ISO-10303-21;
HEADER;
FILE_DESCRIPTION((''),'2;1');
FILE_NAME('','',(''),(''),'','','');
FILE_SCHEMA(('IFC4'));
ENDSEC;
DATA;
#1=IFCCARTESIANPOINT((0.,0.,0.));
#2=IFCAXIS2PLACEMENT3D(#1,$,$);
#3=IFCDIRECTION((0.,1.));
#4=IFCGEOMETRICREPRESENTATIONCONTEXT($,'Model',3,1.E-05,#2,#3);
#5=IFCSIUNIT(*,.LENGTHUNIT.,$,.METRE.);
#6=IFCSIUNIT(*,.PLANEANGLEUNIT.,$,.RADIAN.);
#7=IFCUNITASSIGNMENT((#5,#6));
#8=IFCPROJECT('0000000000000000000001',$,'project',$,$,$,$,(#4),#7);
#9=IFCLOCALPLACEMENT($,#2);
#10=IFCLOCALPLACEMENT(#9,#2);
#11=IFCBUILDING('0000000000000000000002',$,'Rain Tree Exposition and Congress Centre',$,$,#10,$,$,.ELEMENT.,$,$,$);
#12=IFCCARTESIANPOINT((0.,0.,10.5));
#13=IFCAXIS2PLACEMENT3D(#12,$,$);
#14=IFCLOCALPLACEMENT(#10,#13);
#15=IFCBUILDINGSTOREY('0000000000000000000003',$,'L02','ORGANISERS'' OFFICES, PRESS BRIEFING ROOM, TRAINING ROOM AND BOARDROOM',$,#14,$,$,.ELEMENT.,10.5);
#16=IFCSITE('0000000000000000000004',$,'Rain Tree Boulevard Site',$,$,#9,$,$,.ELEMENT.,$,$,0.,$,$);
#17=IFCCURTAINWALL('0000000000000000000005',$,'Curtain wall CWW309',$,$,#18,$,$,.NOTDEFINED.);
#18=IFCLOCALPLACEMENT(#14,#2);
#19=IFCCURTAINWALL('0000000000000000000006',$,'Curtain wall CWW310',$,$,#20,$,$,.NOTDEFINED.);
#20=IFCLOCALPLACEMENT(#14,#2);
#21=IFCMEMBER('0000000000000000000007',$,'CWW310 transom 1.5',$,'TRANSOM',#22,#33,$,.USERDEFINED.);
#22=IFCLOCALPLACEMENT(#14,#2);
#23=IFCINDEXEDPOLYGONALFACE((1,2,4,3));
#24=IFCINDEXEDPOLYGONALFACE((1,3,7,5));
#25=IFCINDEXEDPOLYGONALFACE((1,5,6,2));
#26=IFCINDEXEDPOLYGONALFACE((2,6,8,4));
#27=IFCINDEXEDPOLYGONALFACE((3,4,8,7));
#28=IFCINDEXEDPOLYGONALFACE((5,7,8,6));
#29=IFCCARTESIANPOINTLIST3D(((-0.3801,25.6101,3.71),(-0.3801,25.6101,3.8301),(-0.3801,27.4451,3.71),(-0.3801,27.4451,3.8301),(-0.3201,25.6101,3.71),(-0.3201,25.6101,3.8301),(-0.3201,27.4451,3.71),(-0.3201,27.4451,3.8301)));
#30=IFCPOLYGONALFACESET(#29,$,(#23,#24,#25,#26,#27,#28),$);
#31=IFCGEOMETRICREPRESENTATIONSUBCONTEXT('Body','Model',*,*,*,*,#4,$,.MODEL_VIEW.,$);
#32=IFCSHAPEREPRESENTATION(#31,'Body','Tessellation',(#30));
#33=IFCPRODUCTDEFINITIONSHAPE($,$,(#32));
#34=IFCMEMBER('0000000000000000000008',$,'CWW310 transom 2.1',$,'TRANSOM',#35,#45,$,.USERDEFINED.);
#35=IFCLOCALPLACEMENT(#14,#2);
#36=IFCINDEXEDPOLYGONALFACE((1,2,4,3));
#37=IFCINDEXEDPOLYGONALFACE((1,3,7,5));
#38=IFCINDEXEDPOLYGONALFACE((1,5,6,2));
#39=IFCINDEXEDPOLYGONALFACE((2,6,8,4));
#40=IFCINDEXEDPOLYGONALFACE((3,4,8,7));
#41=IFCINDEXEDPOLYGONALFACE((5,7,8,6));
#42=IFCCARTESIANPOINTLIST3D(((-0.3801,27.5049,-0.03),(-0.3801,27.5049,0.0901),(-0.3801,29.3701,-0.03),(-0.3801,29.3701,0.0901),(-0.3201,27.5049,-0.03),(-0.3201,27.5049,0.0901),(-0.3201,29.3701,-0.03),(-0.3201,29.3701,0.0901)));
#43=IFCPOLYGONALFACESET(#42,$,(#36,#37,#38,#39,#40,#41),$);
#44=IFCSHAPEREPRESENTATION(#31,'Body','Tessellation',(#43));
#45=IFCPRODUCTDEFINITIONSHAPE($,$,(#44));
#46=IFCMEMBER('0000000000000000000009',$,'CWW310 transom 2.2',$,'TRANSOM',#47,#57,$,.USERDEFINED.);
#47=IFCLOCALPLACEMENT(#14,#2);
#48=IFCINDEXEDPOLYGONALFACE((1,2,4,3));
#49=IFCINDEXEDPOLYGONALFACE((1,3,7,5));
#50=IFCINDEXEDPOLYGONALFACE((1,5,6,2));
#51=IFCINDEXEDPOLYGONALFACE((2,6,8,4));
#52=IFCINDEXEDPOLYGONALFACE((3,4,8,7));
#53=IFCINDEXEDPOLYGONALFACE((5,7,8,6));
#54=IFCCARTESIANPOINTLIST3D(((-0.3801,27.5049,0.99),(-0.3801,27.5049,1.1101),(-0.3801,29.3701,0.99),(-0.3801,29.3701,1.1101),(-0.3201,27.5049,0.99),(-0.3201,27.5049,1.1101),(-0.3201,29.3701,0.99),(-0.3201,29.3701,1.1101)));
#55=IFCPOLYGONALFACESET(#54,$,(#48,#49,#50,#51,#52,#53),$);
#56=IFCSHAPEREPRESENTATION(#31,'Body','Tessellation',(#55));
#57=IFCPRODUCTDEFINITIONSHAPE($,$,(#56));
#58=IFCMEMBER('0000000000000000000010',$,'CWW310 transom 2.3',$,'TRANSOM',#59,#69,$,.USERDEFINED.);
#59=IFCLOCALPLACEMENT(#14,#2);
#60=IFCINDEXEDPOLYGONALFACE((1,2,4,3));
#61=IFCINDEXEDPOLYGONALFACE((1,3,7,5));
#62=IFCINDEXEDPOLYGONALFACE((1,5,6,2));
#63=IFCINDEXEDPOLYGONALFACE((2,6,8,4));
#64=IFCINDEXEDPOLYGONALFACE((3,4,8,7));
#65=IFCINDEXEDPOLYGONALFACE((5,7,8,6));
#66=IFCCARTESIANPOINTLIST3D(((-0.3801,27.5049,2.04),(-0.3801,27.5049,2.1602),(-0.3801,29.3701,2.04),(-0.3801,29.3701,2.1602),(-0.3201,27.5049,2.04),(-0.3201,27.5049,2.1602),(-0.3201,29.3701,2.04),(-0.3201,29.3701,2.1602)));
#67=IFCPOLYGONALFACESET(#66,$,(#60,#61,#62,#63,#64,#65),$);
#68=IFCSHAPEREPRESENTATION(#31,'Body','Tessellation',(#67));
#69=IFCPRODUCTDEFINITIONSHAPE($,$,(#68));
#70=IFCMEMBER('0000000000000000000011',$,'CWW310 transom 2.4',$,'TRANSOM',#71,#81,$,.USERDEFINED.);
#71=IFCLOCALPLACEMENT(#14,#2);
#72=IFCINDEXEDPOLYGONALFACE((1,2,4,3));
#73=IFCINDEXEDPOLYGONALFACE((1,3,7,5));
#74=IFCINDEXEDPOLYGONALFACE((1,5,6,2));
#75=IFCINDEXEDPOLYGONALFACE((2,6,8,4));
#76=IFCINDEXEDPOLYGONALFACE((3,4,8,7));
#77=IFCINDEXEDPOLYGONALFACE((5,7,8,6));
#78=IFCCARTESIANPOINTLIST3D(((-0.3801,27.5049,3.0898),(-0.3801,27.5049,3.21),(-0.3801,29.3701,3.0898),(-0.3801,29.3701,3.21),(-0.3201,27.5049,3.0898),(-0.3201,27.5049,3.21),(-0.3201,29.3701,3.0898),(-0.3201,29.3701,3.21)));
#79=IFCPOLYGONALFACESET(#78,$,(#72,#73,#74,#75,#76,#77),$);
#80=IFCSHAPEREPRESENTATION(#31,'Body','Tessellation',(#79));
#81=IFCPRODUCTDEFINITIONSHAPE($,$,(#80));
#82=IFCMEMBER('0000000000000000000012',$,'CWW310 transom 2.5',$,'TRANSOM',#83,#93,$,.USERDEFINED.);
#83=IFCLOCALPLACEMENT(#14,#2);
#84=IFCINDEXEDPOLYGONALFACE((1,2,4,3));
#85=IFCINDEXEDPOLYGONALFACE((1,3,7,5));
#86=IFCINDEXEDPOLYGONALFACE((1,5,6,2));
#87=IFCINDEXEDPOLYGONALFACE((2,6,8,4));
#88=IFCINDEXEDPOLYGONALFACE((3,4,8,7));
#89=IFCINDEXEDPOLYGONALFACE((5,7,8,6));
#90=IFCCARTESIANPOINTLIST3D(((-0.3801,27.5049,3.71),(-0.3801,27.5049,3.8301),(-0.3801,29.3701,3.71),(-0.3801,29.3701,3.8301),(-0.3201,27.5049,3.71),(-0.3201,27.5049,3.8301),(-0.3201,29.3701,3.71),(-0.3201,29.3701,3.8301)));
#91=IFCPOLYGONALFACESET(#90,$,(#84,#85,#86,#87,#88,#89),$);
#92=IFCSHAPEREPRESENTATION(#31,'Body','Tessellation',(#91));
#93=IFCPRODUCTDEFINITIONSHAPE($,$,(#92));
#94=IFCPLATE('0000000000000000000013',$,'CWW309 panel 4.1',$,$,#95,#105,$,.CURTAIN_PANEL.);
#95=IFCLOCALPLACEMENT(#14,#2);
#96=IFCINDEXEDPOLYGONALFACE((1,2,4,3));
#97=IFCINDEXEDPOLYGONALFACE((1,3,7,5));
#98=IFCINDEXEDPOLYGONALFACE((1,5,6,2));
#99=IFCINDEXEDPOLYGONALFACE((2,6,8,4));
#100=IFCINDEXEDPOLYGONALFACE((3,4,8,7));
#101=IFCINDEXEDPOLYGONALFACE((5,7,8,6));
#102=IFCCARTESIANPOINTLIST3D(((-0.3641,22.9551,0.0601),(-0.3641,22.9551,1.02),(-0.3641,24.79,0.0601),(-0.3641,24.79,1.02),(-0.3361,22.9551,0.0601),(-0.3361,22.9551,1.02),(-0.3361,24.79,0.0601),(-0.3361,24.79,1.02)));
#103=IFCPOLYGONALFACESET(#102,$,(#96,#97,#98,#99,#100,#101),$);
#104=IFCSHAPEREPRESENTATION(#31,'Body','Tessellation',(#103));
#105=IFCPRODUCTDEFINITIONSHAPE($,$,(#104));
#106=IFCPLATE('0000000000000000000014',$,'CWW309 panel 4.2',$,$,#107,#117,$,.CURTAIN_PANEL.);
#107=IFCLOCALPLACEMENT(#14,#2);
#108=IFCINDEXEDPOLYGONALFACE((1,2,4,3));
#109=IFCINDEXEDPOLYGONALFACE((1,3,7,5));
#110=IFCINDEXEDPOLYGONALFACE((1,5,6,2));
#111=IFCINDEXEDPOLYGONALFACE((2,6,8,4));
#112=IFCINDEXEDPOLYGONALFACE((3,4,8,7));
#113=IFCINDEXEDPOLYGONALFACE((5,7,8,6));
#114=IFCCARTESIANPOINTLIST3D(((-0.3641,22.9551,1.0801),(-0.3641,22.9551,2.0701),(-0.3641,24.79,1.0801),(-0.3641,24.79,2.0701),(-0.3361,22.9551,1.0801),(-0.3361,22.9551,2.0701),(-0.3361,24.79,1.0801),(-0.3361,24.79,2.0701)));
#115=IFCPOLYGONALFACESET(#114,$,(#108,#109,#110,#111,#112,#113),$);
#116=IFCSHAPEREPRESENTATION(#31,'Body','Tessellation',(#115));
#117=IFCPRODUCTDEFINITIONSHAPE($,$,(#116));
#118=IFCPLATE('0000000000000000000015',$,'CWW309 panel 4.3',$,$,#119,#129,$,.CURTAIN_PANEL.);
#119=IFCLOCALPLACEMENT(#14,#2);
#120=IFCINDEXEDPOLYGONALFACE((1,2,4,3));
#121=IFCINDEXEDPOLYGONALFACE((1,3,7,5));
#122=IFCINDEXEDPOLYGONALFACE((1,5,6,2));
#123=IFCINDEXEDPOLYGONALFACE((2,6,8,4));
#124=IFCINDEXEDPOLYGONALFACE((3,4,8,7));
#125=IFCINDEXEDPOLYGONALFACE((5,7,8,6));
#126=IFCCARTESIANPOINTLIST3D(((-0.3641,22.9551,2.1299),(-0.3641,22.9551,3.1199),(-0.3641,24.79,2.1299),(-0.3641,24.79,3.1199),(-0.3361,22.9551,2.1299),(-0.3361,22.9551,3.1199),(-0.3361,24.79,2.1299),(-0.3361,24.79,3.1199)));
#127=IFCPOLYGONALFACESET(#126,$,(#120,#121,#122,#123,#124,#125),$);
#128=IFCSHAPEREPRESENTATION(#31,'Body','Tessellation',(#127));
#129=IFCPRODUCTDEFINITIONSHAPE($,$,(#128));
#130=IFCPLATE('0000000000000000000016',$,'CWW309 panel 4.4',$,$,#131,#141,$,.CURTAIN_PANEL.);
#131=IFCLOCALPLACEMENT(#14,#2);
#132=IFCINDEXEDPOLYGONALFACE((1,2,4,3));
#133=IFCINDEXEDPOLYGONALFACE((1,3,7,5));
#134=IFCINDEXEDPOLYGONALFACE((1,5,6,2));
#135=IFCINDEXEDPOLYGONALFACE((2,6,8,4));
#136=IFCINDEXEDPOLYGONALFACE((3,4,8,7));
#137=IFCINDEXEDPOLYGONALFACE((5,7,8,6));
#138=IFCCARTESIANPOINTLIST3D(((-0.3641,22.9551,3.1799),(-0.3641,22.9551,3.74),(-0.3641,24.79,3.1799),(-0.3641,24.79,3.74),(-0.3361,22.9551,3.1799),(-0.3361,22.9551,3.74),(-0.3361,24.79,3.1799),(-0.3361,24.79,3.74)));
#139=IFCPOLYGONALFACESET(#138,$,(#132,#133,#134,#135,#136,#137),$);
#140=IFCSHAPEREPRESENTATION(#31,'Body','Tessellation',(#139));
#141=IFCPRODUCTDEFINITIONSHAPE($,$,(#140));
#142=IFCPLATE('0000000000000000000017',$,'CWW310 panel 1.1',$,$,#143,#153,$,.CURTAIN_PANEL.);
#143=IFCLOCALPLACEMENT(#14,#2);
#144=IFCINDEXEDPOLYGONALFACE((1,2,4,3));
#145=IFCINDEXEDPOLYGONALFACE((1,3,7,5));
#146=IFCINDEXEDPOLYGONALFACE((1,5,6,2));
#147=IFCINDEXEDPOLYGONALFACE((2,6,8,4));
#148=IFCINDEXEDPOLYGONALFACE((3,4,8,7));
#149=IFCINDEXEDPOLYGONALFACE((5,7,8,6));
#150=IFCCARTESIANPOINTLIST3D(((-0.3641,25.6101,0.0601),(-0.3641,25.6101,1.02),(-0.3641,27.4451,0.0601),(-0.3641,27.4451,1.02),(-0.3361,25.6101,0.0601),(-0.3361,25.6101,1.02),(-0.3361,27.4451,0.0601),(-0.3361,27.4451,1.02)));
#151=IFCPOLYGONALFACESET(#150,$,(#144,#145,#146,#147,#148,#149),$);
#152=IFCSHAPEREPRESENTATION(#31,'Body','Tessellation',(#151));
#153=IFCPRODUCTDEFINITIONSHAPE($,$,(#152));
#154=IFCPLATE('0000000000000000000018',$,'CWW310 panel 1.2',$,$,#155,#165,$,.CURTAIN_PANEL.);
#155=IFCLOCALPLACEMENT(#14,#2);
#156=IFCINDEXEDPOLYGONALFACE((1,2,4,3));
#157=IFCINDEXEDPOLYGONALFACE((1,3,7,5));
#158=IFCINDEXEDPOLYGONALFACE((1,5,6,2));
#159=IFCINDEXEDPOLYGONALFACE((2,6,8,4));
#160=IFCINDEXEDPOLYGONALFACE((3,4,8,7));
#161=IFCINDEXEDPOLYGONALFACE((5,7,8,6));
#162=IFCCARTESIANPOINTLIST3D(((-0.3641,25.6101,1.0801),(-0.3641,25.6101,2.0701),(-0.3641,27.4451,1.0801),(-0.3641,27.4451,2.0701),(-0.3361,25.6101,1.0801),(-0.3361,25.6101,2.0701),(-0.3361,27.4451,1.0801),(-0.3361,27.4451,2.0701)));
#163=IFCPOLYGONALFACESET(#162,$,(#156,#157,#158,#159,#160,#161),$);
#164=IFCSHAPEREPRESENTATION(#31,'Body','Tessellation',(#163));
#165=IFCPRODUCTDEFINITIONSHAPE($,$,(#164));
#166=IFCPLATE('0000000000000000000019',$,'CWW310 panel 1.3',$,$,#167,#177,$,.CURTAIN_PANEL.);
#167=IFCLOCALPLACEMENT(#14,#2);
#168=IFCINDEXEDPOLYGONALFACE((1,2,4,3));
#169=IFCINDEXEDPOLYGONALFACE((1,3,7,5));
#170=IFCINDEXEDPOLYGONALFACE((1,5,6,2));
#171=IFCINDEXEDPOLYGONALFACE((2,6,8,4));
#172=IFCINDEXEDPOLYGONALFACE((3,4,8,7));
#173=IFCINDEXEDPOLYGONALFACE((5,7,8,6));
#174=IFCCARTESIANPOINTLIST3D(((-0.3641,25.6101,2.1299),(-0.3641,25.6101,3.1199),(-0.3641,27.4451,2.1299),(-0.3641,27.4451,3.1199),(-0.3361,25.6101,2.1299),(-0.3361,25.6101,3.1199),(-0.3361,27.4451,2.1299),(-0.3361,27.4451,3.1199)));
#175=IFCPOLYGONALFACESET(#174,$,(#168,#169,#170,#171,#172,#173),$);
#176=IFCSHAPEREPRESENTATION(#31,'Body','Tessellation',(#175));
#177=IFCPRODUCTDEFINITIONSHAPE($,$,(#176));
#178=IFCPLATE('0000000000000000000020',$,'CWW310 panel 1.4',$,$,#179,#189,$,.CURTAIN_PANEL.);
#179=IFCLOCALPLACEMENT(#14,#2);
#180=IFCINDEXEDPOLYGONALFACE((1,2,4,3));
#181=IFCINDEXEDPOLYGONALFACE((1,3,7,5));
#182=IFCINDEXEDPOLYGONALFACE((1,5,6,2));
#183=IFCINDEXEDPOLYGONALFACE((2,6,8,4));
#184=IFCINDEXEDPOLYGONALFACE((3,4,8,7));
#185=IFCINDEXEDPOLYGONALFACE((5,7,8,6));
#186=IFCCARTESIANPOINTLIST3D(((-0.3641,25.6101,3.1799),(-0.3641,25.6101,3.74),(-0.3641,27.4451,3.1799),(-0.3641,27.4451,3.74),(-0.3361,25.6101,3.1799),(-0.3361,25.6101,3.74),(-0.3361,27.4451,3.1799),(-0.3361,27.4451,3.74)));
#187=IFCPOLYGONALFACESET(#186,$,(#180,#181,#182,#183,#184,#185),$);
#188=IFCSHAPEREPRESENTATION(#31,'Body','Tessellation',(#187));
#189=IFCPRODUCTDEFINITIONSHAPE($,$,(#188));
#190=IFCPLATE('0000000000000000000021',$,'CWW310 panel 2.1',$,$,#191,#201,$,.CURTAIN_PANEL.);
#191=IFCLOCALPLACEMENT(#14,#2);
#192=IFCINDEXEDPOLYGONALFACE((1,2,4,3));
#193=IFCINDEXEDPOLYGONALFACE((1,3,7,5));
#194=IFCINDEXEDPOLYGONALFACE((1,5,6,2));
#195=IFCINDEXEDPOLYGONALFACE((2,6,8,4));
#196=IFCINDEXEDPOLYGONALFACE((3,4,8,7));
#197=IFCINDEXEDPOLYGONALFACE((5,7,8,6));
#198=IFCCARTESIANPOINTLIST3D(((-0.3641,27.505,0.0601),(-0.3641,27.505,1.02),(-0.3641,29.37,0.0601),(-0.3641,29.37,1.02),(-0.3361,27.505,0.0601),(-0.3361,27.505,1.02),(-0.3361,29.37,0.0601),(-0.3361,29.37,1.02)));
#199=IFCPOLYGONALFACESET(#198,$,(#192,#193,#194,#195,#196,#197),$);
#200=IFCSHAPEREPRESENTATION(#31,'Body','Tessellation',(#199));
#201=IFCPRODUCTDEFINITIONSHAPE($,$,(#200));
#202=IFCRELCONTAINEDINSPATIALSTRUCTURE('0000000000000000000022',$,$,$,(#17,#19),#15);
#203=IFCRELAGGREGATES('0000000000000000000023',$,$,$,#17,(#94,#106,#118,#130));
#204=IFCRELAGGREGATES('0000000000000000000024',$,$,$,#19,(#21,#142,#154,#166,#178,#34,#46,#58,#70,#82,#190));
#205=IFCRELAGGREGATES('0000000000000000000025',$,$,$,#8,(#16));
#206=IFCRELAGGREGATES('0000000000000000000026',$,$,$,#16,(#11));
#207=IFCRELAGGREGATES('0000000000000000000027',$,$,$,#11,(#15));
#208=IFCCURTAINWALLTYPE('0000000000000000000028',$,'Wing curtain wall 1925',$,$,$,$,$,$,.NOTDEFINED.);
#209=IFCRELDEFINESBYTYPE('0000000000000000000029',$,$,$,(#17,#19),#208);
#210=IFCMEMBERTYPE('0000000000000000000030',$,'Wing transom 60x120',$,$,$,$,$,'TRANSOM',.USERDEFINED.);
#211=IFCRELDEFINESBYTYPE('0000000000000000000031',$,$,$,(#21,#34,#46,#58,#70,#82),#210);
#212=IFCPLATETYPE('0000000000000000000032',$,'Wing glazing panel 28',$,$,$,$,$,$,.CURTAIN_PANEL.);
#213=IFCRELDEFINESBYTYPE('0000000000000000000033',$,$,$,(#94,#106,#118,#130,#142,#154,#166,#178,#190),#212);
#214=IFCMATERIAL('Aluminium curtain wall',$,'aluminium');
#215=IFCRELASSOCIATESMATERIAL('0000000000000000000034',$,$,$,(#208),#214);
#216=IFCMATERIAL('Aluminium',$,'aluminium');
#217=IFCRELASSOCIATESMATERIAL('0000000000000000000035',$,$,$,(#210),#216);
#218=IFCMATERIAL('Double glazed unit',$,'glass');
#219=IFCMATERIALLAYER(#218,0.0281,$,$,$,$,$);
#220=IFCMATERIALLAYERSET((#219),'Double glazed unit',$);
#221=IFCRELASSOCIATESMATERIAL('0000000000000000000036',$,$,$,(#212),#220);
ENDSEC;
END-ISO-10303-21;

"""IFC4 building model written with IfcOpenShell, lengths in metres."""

from ifc_helpers import new_model, si_unit, direction, frame, origin, origin_2d, place, context, subcontext, project, spatial, rectangle, extrude, material, layer, layer_set, material_profile, profile_set, type_object, element, aggregate, save


model = new_model("IFC4")

# Units and contexts
model_context = context("Model", 3, precision=1e-05, world=origin(), true_north=direction((0.0, 1.0)))
body_context = subcontext(model_context, "Body", "Model", "MODEL_VIEW")
ifc_project = project(units=[si_unit("LENGTHUNIT", "METRE"), si_unit("PLANEANGLEUNIT", "RADIAN")], contexts=[model_context])

# Site, building, storey
site_placement = place(None, origin())
site = spatial("IfcSite", under=ifc_project, at=site_placement, Name="Rain Tree Boulevard Site", CompositionType="ELEMENT", RefElevation=0.0)
building_placement = place(site_placement, origin())
building = spatial("IfcBuilding", under=site, at=building_placement, Name="Rain Tree Exposition and Congress Centre", CompositionType="ELEMENT")
storey_placement = place(building_placement, frame((0.0, 0.0, 10.5)))
storey = spatial("IfcBuildingStorey", under=building, at=storey_placement, Name="L02", Description="ORGANISERS' OFFICES, PRESS BRIEFING ROOM, TRAINING ROOM AND BOARDROOM", CompositionType="ELEMENT", Elevation=10.5)

# Curtain wall
ifc_material_1 = material(Name="Aluminium curtain wall", Category="aluminium")
curtain_wall_type = type_object("IfcCurtainWallType", Name="Wing curtain wall 1925", PredefinedType="NOTDEFINED", material=ifc_material_1)
curtain_wall_1_placement = place(storey_placement, origin())
curtain_wall_1 = element("IfcCurtainWall", 1, at=curtain_wall_1_placement, inside=storey, type_object=curtain_wall_type, Name="Curtain wall CWW309", PredefinedType="NOTDEFINED")

# Curtain wall
curtain_wall_2_placement = place(storey_placement, origin())
curtain_wall_2 = element("IfcCurtainWall", 2, at=curtain_wall_2_placement, inside=storey, type_object=curtain_wall_type, Name="Curtain wall CWW310", PredefinedType="NOTDEFINED")

# Members
ifc_material_2 = material(Name="Aluminium", Category="aluminium")
ifc_material_profile_1 = material_profile(ifc_material_2, rectangle(XDim=0.0601, YDim=0.1201, at=origin_2d()), Name="Aluminium 60x120")
ifc_profile_set_1 = profile_set([ifc_material_profile_1], Name="Aluminium")
member_type_1 = type_object("IfcMemberType", Name="Wing transom 60x120", ElementType="TRANSOM", PredefinedType="USERDEFINED", material=ifc_profile_set_1)
member_1_placement = place(storey_placement, frame((-0.3501, 25.6101, 3.77), z_axis=(0.0, 1.0, 0.0), x_axis=(-1.0, 0.0, 0.0)))
member_1 = element("IfcMember", 3, at=member_1_placement, type_object=member_type_1, Name="CWW310 transom 1.5", ObjectType="TRANSOM", PredefinedType="USERDEFINED", context=body_context, shape_type="SweptSolid", body=[
    extrude(rectangle(XDim=0.0601, YDim=0.1201, at=origin_2d()), origin(), (0.0, 0.0, 1.0), 1.835),
])
member_2_placement = place(storey_placement, frame((-0.3501, 27.5049, 0.03), z_axis=(0.0, 1.0, 0.0), x_axis=(-1.0, 0.0, 0.0)))
member_2 = element("IfcMember", 4, at=member_2_placement, type_object=member_type_1, Name="CWW310 transom 2.1", ObjectType="TRANSOM", PredefinedType="USERDEFINED", context=body_context, shape_type="SweptSolid", body=[
    extrude(rectangle(XDim=0.0601, YDim=0.1201, at=origin_2d()), origin(), (0.0, 0.0, 1.0), 1.8652),
])
member_3_placement = place(storey_placement, frame((-0.3501, 27.5049, 1.05), z_axis=(0.0, 1.0, 0.0), x_axis=(-1.0, 0.0, 0.0)))
member_3 = element("IfcMember", 5, at=member_3_placement, type_object=member_type_1, Name="CWW310 transom 2.2", ObjectType="TRANSOM", PredefinedType="USERDEFINED", context=body_context, shape_type="SweptSolid", body=[
    extrude(rectangle(XDim=0.0601, YDim=0.1201, at=origin_2d()), origin(), (0.0, 0.0, 1.0), 1.8652),
])
member_4_placement = place(storey_placement, frame((-0.3501, 27.5049, 2.1001), z_axis=(0.0, 1.0, 0.0), x_axis=(-1.0, 0.0, 0.0)))
member_4 = element("IfcMember", 6, at=member_4_placement, type_object=member_type_1, Name="CWW310 transom 2.3", ObjectType="TRANSOM", PredefinedType="USERDEFINED", context=body_context, shape_type="SweptSolid", body=[
    extrude(rectangle(XDim=0.0601, YDim=0.1201, at=origin_2d()), origin(), (0.0, 0.0, 1.0), 1.8652),
])
member_5_placement = place(storey_placement, frame((-0.3501, 27.5049, 3.1499), z_axis=(0.0, 1.0, 0.0), x_axis=(-1.0, 0.0, 0.0)))
member_5 = element("IfcMember", 7, at=member_5_placement, type_object=member_type_1, Name="CWW310 transom 2.4", ObjectType="TRANSOM", PredefinedType="USERDEFINED", context=body_context, shape_type="SweptSolid", body=[
    extrude(rectangle(XDim=0.0601, YDim=0.1201, at=origin_2d()), origin(), (0.0, 0.0, 1.0), 1.8652),
])
member_6_placement = place(storey_placement, frame((-0.3501, 27.5049, 3.77), z_axis=(0.0, 1.0, 0.0), x_axis=(-1.0, 0.0, 0.0)))
member_6 = element("IfcMember", 8, at=member_6_placement, type_object=member_type_1, Name="CWW310 transom 2.5", ObjectType="TRANSOM", PredefinedType="USERDEFINED", context=body_context, shape_type="SweptSolid", body=[
    extrude(rectangle(XDim=0.0601, YDim=0.1201, at=origin_2d()), origin(), (0.0, 0.0, 1.0), 1.8652),
])

# Plates
ifc_material_3 = material(Name="Double glazed unit", Category="glass")
ifc_layer_1 = layer(ifc_material_3, 0.0281)
ifc_layer_set_1 = layer_set([ifc_layer_1], Name="Double glazed unit")
plate_type = type_object("IfcPlateType", Name="Wing glazing panel 28", PredefinedType="CURTAIN_PANEL", material=ifc_layer_set_1)
plate_1_placement = place(storey_placement, frame((-0.3501, 23.8726, 0.0601), z_axis=(0.0, 0.0, 1.0), x_axis=(0.0, 1.0, 0.0)))
plate_1 = element("IfcPlate", 9, at=plate_1_placement, type_object=plate_type, Name="CWW309 panel 4.1", PredefinedType="CURTAIN_PANEL", context=body_context, shape_type="SweptSolid", body=[
    extrude(rectangle(XDim=1.835, YDim=0.0281, at=origin_2d()), origin(), (0.0, 0.0, 1.0), 0.96),
])
plate_2_placement = place(storey_placement, frame((-0.3501, 23.8726, 1.0801), z_axis=(0.0, 0.0, 1.0), x_axis=(0.0, 1.0, 0.0)))
plate_2 = element("IfcPlate", 10, at=plate_2_placement, type_object=plate_type, Name="CWW309 panel 4.2", PredefinedType="CURTAIN_PANEL", context=body_context, shape_type="SweptSolid", body=[
    extrude(rectangle(XDim=1.835, YDim=0.0281, at=origin_2d()), origin(), (0.0, 0.0, 1.0), 0.99),
])
plate_3_placement = place(storey_placement, frame((-0.3501, 23.8726, 2.1299), z_axis=(0.0, 0.0, 1.0), x_axis=(0.0, 1.0, 0.0)))
plate_3 = element("IfcPlate", 11, at=plate_3_placement, type_object=plate_type, Name="CWW309 panel 4.3", PredefinedType="CURTAIN_PANEL", context=body_context, shape_type="SweptSolid", body=[
    extrude(rectangle(XDim=1.835, YDim=0.0281, at=origin_2d()), origin(), (0.0, 0.0, 1.0), 0.99),
])
plate_4_placement = place(storey_placement, frame((-0.3501, 23.8726, 3.1799), z_axis=(0.0, 0.0, 1.0), x_axis=(0.0, 1.0, 0.0)))
plate_4 = element("IfcPlate", 12, at=plate_4_placement, type_object=plate_type, Name="CWW309 panel 4.4", PredefinedType="CURTAIN_PANEL", context=body_context, shape_type="SweptSolid", body=[
    extrude(rectangle(XDim=1.835, YDim=0.0281, at=origin_2d()), origin(), (0.0, 0.0, 1.0), 0.5601),
])
aggregate(curtain_wall_1, [plate_1, plate_2, plate_3, plate_4])
plate_5_placement = place(storey_placement, frame((-0.3501, 26.5276, 0.0601), z_axis=(0.0, 0.0, 1.0), x_axis=(0.0, 1.0, 0.0)))
plate_5 = element("IfcPlate", 13, at=plate_5_placement, type_object=plate_type, Name="CWW310 panel 1.1", PredefinedType="CURTAIN_PANEL", context=body_context, shape_type="SweptSolid", body=[
    extrude(rectangle(XDim=1.835, YDim=0.0281, at=origin_2d()), origin(), (0.0, 0.0, 1.0), 0.96),
])
plate_6_placement = place(storey_placement, frame((-0.3501, 26.5276, 1.0801), z_axis=(0.0, 0.0, 1.0), x_axis=(0.0, 1.0, 0.0)))
plate_6 = element("IfcPlate", 14, at=plate_6_placement, type_object=plate_type, Name="CWW310 panel 1.2", PredefinedType="CURTAIN_PANEL", context=body_context, shape_type="SweptSolid", body=[
    extrude(rectangle(XDim=1.835, YDim=0.0281, at=origin_2d()), origin(), (0.0, 0.0, 1.0), 0.99),
])
plate_7_placement = place(storey_placement, frame((-0.3501, 26.5276, 2.1299), z_axis=(0.0, 0.0, 1.0), x_axis=(0.0, 1.0, 0.0)))
plate_7 = element("IfcPlate", 15, at=plate_7_placement, type_object=plate_type, Name="CWW310 panel 1.3", PredefinedType="CURTAIN_PANEL", context=body_context, shape_type="SweptSolid", body=[
    extrude(rectangle(XDim=1.835, YDim=0.0281, at=origin_2d()), origin(), (0.0, 0.0, 1.0), 0.99),
])
plate_8_placement = place(storey_placement, frame((-0.3501, 26.5276, 3.1799), z_axis=(0.0, 0.0, 1.0), x_axis=(0.0, 1.0, 0.0)))
plate_8 = element("IfcPlate", 16, at=plate_8_placement, type_object=plate_type, Name="CWW310 panel 1.4", PredefinedType="CURTAIN_PANEL", context=body_context, shape_type="SweptSolid", body=[
    extrude(rectangle(XDim=1.835, YDim=0.0281, at=origin_2d()), origin(), (0.0, 0.0, 1.0), 0.5601),
])
plate_9_placement = place(storey_placement, frame((-0.3501, 28.4375, 0.0601), z_axis=(0.0, 0.0, 1.0), x_axis=(0.0, 1.0, 0.0)))
plate_9 = element("IfcPlate", 17, at=plate_9_placement, type_object=plate_type, Name="CWW310 panel 2.1", PredefinedType="CURTAIN_PANEL", context=body_context, shape_type="SweptSolid", body=[
    extrude(rectangle(XDim=1.865, YDim=0.0281, at=origin_2d()), origin(), (0.0, 0.0, 1.0), 0.96),
])
aggregate(curtain_wall_2, [member_1, plate_5, plate_6, plate_7, plate_8, member_2, member_3, member_4, member_5, member_6, plate_9])

save(model, "model.ifc")
